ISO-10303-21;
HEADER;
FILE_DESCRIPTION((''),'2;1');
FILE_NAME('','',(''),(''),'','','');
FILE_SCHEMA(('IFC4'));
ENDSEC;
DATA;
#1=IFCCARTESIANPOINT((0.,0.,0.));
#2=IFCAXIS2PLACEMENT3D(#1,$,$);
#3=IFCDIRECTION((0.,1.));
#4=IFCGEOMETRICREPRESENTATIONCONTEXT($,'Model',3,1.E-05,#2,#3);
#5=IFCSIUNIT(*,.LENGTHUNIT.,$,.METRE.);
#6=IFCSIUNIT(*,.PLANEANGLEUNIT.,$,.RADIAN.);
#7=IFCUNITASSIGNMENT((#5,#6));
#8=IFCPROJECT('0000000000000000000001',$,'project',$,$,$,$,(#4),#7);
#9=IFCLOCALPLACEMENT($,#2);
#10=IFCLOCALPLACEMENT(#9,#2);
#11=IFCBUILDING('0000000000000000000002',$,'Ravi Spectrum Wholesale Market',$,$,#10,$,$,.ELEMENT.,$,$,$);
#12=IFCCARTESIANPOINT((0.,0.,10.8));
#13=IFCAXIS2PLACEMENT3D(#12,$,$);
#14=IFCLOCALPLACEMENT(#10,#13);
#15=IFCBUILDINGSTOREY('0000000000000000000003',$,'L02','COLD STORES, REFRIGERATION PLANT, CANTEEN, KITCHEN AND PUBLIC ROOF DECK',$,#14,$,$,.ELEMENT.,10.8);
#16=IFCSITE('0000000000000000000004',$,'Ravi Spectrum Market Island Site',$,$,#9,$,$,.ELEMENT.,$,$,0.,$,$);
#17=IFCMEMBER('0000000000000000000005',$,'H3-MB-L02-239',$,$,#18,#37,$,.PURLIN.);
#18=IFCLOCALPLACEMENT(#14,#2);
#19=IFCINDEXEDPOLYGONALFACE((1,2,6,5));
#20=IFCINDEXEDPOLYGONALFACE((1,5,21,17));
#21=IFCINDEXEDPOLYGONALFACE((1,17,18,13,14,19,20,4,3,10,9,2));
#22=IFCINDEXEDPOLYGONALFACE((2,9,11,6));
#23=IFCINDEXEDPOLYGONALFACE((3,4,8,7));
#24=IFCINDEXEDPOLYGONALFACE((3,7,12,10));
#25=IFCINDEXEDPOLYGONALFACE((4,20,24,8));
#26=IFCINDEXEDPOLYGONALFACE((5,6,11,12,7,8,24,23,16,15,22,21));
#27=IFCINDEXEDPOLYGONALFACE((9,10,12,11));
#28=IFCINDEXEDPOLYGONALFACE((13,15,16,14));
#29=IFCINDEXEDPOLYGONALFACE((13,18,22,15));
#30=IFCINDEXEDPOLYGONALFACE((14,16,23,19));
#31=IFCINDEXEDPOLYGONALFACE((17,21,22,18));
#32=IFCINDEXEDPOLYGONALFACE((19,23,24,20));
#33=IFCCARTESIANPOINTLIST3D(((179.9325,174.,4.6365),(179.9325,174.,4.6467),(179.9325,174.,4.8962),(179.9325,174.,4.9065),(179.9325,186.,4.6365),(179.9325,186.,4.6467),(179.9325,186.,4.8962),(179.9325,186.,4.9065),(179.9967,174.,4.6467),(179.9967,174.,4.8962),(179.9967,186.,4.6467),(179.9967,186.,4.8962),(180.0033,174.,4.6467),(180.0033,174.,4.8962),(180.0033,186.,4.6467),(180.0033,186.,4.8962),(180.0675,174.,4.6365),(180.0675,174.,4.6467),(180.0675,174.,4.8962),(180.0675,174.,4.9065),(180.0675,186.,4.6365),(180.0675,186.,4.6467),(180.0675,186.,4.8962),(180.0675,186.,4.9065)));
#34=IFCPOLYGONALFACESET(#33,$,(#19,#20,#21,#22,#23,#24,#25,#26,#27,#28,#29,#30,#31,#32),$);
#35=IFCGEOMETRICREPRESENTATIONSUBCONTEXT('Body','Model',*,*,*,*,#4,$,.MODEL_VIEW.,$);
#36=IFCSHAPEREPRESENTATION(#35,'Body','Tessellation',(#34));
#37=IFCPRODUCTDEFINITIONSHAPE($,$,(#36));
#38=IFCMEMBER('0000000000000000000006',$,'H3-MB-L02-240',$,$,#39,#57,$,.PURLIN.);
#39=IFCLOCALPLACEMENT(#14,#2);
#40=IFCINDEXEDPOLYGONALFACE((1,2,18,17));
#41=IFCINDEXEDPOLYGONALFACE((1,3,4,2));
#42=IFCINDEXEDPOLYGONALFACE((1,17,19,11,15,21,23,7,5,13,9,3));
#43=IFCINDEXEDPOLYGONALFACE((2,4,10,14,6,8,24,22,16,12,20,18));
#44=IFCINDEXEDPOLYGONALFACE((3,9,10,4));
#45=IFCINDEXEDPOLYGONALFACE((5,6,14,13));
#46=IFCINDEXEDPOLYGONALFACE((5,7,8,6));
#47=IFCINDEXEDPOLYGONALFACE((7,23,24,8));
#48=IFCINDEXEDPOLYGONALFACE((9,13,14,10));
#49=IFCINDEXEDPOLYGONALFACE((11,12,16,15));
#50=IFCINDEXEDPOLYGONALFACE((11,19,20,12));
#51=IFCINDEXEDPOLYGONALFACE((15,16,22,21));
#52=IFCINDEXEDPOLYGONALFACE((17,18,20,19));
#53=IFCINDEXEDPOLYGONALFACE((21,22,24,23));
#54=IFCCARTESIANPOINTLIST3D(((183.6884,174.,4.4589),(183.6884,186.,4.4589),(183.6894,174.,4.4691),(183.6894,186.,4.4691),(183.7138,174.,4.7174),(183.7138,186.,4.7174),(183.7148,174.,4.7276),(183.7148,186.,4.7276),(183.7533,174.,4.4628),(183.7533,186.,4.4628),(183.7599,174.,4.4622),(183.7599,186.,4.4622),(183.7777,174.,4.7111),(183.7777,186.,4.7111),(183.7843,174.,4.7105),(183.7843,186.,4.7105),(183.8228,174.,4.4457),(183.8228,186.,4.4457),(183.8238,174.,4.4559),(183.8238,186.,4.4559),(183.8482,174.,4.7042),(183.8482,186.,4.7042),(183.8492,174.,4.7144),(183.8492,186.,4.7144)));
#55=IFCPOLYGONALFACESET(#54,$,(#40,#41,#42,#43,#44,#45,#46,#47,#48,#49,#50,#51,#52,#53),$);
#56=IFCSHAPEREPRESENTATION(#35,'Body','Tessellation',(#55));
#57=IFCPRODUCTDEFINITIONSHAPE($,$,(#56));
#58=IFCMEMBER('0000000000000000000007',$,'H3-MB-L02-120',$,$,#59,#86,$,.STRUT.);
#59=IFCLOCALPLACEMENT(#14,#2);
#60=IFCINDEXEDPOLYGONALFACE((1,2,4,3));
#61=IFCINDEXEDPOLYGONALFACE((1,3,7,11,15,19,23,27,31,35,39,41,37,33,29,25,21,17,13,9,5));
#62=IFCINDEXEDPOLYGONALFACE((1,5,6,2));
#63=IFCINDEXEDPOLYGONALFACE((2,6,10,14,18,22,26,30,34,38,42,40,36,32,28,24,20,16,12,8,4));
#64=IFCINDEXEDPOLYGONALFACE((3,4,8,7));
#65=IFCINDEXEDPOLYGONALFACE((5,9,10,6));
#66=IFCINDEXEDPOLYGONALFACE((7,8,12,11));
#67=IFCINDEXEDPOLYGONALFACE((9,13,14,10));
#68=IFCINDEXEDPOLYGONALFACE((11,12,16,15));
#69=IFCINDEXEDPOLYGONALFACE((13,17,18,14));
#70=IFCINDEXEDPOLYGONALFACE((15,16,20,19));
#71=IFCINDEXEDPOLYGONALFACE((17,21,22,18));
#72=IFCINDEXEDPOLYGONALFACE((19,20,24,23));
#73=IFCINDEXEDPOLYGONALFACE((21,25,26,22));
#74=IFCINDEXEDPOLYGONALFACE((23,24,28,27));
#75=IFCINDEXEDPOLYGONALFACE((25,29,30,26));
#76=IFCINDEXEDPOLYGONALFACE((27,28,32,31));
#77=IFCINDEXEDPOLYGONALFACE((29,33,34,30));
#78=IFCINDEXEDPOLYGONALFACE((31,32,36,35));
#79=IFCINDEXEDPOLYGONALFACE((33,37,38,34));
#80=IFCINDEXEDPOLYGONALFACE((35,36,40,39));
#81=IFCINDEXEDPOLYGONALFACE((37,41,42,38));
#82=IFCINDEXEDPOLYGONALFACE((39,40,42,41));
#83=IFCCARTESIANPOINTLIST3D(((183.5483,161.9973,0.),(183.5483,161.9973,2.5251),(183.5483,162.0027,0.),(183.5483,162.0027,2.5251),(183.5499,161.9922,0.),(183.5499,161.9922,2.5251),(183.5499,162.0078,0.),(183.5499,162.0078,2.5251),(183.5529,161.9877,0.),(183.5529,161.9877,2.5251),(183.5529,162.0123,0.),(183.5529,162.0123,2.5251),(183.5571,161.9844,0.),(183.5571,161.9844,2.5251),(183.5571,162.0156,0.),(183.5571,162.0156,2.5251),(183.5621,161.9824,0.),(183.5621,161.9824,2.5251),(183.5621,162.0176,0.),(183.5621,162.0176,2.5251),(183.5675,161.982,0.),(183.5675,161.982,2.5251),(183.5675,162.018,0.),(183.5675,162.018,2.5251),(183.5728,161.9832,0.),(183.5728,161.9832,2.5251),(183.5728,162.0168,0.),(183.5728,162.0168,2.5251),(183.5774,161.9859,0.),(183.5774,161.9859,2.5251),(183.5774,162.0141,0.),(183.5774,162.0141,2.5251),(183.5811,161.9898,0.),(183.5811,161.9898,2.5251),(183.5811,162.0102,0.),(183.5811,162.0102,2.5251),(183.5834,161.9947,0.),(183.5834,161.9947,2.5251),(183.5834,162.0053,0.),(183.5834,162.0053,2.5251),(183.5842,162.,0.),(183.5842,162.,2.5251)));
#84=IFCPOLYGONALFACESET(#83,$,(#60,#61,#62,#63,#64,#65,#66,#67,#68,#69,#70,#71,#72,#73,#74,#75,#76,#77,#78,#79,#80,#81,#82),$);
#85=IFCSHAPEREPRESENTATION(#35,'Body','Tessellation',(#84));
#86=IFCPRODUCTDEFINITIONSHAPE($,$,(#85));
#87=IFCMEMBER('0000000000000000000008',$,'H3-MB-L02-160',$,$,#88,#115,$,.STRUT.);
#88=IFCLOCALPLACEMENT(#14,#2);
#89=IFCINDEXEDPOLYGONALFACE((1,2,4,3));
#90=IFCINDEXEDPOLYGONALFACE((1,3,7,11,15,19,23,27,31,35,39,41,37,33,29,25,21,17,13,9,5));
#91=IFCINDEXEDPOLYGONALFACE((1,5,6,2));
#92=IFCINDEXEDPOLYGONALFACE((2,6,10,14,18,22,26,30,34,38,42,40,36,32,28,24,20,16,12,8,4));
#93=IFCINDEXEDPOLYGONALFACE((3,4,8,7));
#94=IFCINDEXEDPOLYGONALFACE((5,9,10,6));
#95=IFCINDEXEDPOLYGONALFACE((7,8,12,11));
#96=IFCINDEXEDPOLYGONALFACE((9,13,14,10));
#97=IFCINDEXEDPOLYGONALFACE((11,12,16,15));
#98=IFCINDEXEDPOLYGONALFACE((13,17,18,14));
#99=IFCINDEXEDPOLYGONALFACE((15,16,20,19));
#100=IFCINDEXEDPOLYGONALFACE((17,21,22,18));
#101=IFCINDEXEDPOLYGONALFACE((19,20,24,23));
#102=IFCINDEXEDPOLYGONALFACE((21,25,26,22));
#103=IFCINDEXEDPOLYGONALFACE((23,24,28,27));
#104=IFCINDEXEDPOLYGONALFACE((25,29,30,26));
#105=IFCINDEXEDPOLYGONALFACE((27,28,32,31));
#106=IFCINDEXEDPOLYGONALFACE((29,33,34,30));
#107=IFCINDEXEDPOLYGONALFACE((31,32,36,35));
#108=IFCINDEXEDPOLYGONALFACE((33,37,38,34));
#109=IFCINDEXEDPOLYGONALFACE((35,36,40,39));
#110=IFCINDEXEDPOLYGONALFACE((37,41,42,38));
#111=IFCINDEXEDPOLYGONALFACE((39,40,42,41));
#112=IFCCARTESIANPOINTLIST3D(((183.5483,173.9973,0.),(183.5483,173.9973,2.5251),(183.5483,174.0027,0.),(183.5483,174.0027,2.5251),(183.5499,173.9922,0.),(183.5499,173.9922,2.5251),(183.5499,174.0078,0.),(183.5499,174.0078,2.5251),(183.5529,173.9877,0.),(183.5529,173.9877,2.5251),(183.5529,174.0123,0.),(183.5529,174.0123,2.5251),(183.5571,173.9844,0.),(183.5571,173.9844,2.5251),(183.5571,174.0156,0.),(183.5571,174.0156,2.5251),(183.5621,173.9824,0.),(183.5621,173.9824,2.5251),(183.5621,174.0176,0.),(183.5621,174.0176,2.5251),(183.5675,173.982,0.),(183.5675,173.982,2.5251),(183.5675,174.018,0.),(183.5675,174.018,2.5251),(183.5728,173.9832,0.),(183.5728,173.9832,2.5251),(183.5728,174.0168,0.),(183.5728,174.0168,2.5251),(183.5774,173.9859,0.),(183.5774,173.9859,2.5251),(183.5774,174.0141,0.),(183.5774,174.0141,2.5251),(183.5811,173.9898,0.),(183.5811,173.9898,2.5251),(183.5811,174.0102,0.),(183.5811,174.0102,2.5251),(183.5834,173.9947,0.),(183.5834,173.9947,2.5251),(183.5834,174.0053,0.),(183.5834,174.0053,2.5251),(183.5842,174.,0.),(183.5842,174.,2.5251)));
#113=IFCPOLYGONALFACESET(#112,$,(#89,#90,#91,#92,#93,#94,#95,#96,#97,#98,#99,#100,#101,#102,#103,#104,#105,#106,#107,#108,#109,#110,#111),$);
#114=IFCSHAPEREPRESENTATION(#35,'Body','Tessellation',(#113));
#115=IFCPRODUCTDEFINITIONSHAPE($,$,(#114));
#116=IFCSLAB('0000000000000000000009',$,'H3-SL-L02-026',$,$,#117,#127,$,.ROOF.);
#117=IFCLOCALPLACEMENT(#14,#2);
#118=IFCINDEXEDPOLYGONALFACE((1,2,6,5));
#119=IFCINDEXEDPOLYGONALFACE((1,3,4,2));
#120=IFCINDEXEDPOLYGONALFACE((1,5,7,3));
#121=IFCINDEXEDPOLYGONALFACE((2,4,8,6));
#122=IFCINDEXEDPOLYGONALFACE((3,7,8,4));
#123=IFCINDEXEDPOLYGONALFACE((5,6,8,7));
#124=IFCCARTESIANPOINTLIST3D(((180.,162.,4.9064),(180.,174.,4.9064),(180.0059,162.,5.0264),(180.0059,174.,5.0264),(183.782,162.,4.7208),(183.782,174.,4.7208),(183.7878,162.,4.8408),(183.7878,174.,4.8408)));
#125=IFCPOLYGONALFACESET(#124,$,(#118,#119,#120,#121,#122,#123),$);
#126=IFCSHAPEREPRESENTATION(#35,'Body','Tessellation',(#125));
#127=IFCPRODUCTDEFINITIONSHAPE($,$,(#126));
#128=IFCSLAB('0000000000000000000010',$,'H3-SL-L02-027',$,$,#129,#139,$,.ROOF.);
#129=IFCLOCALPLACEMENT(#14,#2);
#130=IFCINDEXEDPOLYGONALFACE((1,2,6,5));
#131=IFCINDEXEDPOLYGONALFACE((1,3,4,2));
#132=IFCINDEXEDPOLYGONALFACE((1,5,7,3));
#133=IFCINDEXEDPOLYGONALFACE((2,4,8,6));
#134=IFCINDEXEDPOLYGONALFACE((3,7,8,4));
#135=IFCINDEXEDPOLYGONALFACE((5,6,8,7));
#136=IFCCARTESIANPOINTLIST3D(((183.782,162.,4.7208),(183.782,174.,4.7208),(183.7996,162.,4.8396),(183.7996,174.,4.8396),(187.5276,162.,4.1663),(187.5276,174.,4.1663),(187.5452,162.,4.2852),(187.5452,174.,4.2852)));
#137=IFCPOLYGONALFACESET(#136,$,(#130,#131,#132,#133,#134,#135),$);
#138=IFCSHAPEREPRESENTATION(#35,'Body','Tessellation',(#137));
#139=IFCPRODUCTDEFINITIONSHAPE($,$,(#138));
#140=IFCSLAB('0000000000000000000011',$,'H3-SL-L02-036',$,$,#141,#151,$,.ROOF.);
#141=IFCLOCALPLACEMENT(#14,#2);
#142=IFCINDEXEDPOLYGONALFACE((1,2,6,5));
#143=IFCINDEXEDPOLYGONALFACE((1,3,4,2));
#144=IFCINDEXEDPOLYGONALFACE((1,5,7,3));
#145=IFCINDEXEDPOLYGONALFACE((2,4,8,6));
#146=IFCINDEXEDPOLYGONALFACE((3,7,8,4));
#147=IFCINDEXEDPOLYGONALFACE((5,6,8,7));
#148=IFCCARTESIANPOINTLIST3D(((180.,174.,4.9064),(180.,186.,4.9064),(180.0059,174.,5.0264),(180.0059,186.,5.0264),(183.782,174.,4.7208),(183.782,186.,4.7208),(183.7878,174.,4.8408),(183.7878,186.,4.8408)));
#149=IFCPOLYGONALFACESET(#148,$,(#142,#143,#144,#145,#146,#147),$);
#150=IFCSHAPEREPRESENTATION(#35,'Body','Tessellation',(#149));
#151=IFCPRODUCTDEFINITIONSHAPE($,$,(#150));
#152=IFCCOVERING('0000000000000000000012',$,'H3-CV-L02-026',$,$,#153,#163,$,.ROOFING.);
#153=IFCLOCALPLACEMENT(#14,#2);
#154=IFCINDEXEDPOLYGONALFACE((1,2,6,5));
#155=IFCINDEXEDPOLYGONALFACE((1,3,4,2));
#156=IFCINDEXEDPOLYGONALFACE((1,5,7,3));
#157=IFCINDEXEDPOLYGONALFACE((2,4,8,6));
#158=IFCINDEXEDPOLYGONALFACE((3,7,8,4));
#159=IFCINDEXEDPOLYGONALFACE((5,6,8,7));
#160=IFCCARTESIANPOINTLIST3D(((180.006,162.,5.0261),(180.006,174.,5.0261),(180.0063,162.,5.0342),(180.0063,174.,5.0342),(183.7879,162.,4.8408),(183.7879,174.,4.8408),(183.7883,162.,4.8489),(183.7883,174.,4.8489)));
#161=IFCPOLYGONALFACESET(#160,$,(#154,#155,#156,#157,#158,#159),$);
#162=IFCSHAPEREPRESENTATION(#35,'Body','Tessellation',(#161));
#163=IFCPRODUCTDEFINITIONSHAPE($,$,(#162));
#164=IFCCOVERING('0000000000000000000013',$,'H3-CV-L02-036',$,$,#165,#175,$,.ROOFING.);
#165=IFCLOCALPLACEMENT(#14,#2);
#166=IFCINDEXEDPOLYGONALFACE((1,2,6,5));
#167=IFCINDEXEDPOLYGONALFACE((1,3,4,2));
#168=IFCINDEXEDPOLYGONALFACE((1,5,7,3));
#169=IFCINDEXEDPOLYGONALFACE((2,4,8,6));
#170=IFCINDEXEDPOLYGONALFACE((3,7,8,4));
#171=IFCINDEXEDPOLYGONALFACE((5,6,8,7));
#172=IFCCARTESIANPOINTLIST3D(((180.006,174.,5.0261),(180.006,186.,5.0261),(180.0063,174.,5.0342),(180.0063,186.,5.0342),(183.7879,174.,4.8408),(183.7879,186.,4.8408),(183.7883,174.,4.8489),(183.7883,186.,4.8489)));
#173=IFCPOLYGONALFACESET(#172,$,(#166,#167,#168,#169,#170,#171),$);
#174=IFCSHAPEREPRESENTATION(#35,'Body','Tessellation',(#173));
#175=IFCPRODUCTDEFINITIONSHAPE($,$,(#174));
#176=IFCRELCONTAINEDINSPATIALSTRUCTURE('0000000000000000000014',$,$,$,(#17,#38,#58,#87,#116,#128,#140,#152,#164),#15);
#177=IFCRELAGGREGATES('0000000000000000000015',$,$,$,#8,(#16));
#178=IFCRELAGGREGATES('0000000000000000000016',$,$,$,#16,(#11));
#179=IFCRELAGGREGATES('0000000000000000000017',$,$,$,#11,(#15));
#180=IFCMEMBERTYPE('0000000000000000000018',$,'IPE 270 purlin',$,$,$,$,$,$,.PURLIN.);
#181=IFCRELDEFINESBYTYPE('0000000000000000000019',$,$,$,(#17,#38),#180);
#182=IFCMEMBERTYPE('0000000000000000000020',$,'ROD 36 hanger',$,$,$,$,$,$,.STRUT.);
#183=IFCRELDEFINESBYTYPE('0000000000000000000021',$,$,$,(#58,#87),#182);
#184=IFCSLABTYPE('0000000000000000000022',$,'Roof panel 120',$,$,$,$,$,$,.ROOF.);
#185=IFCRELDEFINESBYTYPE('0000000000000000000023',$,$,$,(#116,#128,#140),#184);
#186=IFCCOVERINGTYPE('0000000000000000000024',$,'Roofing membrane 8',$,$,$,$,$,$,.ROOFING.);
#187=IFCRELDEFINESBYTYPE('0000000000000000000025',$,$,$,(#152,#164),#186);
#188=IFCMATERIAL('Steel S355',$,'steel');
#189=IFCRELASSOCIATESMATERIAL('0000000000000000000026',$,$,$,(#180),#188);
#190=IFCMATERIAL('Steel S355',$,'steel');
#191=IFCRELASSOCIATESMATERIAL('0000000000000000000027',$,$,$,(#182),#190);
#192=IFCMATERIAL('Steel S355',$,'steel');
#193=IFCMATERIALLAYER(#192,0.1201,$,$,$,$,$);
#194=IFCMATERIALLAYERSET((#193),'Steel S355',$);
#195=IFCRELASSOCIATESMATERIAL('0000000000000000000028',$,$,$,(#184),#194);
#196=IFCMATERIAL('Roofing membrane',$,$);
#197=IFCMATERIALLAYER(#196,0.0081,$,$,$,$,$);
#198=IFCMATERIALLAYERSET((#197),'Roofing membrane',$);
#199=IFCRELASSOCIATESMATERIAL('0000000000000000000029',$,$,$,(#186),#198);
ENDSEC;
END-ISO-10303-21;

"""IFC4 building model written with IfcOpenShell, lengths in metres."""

from ifc_helpers import new_model, si_unit, direction, frame, origin, origin_2d, place, context, subcontext, project, spatial, polyline, circle, i_section, outline, extrude, material, layer, layer_set, material_profile, profile_set, type_object, element, save


model = new_model("IFC4")

# Units and contexts
model_context = context("Model", 3, precision=1e-05, world=origin(), true_north=direction((0.0, 1.0)))
body_context = subcontext(model_context, "Body", "Model", "MODEL_VIEW")
ifc_project = project(units=[si_unit("LENGTHUNIT", "METRE"), si_unit("PLANEANGLEUNIT", "RADIAN")], contexts=[model_context])

# Site, building, storey
site_placement = place(None, origin())
site = spatial("IfcSite", under=ifc_project, at=site_placement, Name="Ravi Spectrum Market Island Site", CompositionType="ELEMENT", RefElevation=0.0)
building_placement = place(site_placement, origin())
building = spatial("IfcBuilding", under=site, at=building_placement, Name="Ravi Spectrum Wholesale Market", CompositionType="ELEMENT")
storey_placement = place(building_placement, frame((0.0, 0.0, 10.8)))
storey = spatial("IfcBuildingStorey", under=building, at=storey_placement, Name="L02", Description="COLD STORES, REFRIGERATION PLANT, CANTEEN, KITCHEN AND PUBLIC ROOF DECK", CompositionType="ELEMENT", Elevation=10.8)

# Members
ifc_material_1 = material(Name="Steel S355", Category="steel")
ifc_material_profile_1 = material_profile(ifc_material_1, i_section(OverallWidth=0.135, OverallDepth=0.27, WebThickness=0.0066, FlangeThickness=0.0103, at=origin_2d()))
ifc_profile_set_1 = profile_set([ifc_material_profile_1], Name="Steel S355")
member_type_1 = type_object("IfcMemberType", Name="IPE 270 purlin", PredefinedType="PURLIN", material=ifc_profile_set_1)
for number, where, z_axis, x_axis, name in (
    (1, (180.0, 174.0, 4.7715), (0.0, 1.0, 0.0), (-1.0, 0.0, 0.0), "H3-MB-L02-239"),
    (2, (183.7688, 174.0, 4.5867), (0.0, 1.0, 0.0), (-0.995203, 0.0, 0.097835), "H3-MB-L02-240"),
):
    element("IfcMember", number, at=place(storey_placement, frame(where, z_axis=z_axis, x_axis=x_axis)), inside=storey, type_object=member_type_1, Name=name, PredefinedType="PURLIN", context=body_context, shape_type="SweptSolid", body=[
        extrude(i_section(OverallWidth=0.135, OverallDepth=0.27, WebThickness=0.0066, FlangeThickness=0.0103, at=origin_2d()), origin(), (0.0, 0.0, 1.0), 12.0),
    ])
ifc_material_2 = material(Name="Steel S355", Category="steel")
ifc_material_profile_2 = material_profile(ifc_material_2, circle(Radius=0.0181, at=origin_2d()))
ifc_profile_set_2 = profile_set([ifc_material_profile_2], Name="Steel S355")
member_type_2 = type_object("IfcMemberType", Name="ROD 36 hanger", PredefinedType="STRUT", material=ifc_profile_set_2)
for number, where, z_axis, x_axis, name in (
    (3, (183.5662, 162.0, 0.0), (0.0, 0.0, 1.0), (1.0, 0.0, 0.0), "H3-MB-L02-120"),
    (4, (183.5662, 174.0, 0.0), (0.0, 0.0, 1.0), (1.0, 0.0, 0.0), "H3-MB-L02-160"),
):
    element("IfcMember", number, at=place(storey_placement, frame(where, z_axis=z_axis, x_axis=x_axis)), inside=storey, type_object=member_type_2, Name=name, PredefinedType="STRUT", context=body_context, shape_type="SweptSolid", body=[
        extrude(circle(Radius=0.0181, at=origin_2d()), origin(), (0.0, 0.0, 1.0), 2.5251),
    ])

# Slabs
ifc_material_3 = material(Name="Steel S355", Category="steel")
ifc_layer_1 = layer(ifc_material_3, 0.1201)
ifc_layer_set_1 = layer_set([ifc_layer_1], Name="Steel S355")
slab_type = type_object("IfcSlabType", Name="Roof panel 120", PredefinedType="ROOF", material=ifc_layer_set_1)
slab_1_placement = place(storey_placement, frame((180.0059, 162.0, 5.0264), z_axis=(0.049002, 0.0, 0.998799), x_axis=(0.998799, 0.0, -0.049002)))
element("IfcSlab", 5, at=slab_1_placement, inside=storey, type_object=slab_type, Name="H3-SL-L02-026", PredefinedType="ROOF", context=body_context, shape_type="SweptSolid", body=[
    extrude(outline(polyline([(0.0, 0.0), (3.7865, 0.0), (3.7865, 12.0), (0.0, 12.0), (0.0, 0.0)])), origin(), (0.0, 0.0, -1.0), 0.1201),
])
slab_2_placement = place(storey_placement, frame((183.7996, 162.0, 4.8396), z_axis=(0.146429, 0.0, 0.989221), x_axis=(0.989221, 0.0, -0.146429)))
element("IfcSlab", 6, at=slab_2_placement, inside=storey, type_object=slab_type, Name="H3-SL-L02-027", PredefinedType="ROOF", context=body_context, shape_type="SweptSolid", body=[
    extrude(outline(polyline([(0.0, 0.0), (3.7864, 0.0), (3.7864, 12.0), (0.0, 12.0), (0.0, 0.0)])), origin(), (0.0, 0.0, -1.0), 0.1201),
])
slab_3_placement = place(storey_placement, frame((180.0059, 174.0, 5.0264), z_axis=(0.049002, 0.0, 0.998799), x_axis=(0.998799, 0.0, -0.049002)))
element("IfcSlab", 7, at=slab_3_placement, inside=storey, type_object=slab_type, Name="H3-SL-L02-036", PredefinedType="ROOF", context=body_context, shape_type="SweptSolid", body=[
    extrude(outline(polyline([(0.0, 0.0), (3.7865, 0.0), (3.7865, 12.0), (0.0, 12.0), (0.0, 0.0)])), origin(), (0.0, 0.0, -1.0), 0.1201),
])

# Coverings
ifc_material_4 = material(Name="Roofing membrane")
ifc_layer_2 = layer(ifc_material_4, 0.0081)
ifc_layer_set_2 = layer_set([ifc_layer_2], Name="Roofing membrane")
covering_type = type_object("IfcCoveringType", Name="Roofing membrane 8", PredefinedType="ROOFING", material=ifc_layer_set_2)
for number, where, z_axis, x_axis, name in (
    (8, (180.0063, 162.0, 5.0342), (0.048937, 0.0, 0.998802), (0.998802, 0.0, -0.048937), "H3-CV-L02-026"),
    (9, (180.0063, 174.0, 5.0342), (0.048937, 0.0, 0.998802), (0.998802, 0.0, -0.048937), "H3-CV-L02-036"),
):
    element("IfcCovering", number, at=place(storey_placement, frame(where, z_axis=z_axis, x_axis=x_axis)), inside=storey, type_object=covering_type, Name=name, PredefinedType="ROOFING", context=body_context, shape_type="SweptSolid", body=[
        extrude(outline(polyline([(0.0, 0.0), (3.7865, 0.0), (3.7865, 12.0), (0.0, 12.0), (0.0, 0.0)])), origin(), (0.0, 0.0, -1.0), 0.0081),
    ])

save(model, "model.ifc")
